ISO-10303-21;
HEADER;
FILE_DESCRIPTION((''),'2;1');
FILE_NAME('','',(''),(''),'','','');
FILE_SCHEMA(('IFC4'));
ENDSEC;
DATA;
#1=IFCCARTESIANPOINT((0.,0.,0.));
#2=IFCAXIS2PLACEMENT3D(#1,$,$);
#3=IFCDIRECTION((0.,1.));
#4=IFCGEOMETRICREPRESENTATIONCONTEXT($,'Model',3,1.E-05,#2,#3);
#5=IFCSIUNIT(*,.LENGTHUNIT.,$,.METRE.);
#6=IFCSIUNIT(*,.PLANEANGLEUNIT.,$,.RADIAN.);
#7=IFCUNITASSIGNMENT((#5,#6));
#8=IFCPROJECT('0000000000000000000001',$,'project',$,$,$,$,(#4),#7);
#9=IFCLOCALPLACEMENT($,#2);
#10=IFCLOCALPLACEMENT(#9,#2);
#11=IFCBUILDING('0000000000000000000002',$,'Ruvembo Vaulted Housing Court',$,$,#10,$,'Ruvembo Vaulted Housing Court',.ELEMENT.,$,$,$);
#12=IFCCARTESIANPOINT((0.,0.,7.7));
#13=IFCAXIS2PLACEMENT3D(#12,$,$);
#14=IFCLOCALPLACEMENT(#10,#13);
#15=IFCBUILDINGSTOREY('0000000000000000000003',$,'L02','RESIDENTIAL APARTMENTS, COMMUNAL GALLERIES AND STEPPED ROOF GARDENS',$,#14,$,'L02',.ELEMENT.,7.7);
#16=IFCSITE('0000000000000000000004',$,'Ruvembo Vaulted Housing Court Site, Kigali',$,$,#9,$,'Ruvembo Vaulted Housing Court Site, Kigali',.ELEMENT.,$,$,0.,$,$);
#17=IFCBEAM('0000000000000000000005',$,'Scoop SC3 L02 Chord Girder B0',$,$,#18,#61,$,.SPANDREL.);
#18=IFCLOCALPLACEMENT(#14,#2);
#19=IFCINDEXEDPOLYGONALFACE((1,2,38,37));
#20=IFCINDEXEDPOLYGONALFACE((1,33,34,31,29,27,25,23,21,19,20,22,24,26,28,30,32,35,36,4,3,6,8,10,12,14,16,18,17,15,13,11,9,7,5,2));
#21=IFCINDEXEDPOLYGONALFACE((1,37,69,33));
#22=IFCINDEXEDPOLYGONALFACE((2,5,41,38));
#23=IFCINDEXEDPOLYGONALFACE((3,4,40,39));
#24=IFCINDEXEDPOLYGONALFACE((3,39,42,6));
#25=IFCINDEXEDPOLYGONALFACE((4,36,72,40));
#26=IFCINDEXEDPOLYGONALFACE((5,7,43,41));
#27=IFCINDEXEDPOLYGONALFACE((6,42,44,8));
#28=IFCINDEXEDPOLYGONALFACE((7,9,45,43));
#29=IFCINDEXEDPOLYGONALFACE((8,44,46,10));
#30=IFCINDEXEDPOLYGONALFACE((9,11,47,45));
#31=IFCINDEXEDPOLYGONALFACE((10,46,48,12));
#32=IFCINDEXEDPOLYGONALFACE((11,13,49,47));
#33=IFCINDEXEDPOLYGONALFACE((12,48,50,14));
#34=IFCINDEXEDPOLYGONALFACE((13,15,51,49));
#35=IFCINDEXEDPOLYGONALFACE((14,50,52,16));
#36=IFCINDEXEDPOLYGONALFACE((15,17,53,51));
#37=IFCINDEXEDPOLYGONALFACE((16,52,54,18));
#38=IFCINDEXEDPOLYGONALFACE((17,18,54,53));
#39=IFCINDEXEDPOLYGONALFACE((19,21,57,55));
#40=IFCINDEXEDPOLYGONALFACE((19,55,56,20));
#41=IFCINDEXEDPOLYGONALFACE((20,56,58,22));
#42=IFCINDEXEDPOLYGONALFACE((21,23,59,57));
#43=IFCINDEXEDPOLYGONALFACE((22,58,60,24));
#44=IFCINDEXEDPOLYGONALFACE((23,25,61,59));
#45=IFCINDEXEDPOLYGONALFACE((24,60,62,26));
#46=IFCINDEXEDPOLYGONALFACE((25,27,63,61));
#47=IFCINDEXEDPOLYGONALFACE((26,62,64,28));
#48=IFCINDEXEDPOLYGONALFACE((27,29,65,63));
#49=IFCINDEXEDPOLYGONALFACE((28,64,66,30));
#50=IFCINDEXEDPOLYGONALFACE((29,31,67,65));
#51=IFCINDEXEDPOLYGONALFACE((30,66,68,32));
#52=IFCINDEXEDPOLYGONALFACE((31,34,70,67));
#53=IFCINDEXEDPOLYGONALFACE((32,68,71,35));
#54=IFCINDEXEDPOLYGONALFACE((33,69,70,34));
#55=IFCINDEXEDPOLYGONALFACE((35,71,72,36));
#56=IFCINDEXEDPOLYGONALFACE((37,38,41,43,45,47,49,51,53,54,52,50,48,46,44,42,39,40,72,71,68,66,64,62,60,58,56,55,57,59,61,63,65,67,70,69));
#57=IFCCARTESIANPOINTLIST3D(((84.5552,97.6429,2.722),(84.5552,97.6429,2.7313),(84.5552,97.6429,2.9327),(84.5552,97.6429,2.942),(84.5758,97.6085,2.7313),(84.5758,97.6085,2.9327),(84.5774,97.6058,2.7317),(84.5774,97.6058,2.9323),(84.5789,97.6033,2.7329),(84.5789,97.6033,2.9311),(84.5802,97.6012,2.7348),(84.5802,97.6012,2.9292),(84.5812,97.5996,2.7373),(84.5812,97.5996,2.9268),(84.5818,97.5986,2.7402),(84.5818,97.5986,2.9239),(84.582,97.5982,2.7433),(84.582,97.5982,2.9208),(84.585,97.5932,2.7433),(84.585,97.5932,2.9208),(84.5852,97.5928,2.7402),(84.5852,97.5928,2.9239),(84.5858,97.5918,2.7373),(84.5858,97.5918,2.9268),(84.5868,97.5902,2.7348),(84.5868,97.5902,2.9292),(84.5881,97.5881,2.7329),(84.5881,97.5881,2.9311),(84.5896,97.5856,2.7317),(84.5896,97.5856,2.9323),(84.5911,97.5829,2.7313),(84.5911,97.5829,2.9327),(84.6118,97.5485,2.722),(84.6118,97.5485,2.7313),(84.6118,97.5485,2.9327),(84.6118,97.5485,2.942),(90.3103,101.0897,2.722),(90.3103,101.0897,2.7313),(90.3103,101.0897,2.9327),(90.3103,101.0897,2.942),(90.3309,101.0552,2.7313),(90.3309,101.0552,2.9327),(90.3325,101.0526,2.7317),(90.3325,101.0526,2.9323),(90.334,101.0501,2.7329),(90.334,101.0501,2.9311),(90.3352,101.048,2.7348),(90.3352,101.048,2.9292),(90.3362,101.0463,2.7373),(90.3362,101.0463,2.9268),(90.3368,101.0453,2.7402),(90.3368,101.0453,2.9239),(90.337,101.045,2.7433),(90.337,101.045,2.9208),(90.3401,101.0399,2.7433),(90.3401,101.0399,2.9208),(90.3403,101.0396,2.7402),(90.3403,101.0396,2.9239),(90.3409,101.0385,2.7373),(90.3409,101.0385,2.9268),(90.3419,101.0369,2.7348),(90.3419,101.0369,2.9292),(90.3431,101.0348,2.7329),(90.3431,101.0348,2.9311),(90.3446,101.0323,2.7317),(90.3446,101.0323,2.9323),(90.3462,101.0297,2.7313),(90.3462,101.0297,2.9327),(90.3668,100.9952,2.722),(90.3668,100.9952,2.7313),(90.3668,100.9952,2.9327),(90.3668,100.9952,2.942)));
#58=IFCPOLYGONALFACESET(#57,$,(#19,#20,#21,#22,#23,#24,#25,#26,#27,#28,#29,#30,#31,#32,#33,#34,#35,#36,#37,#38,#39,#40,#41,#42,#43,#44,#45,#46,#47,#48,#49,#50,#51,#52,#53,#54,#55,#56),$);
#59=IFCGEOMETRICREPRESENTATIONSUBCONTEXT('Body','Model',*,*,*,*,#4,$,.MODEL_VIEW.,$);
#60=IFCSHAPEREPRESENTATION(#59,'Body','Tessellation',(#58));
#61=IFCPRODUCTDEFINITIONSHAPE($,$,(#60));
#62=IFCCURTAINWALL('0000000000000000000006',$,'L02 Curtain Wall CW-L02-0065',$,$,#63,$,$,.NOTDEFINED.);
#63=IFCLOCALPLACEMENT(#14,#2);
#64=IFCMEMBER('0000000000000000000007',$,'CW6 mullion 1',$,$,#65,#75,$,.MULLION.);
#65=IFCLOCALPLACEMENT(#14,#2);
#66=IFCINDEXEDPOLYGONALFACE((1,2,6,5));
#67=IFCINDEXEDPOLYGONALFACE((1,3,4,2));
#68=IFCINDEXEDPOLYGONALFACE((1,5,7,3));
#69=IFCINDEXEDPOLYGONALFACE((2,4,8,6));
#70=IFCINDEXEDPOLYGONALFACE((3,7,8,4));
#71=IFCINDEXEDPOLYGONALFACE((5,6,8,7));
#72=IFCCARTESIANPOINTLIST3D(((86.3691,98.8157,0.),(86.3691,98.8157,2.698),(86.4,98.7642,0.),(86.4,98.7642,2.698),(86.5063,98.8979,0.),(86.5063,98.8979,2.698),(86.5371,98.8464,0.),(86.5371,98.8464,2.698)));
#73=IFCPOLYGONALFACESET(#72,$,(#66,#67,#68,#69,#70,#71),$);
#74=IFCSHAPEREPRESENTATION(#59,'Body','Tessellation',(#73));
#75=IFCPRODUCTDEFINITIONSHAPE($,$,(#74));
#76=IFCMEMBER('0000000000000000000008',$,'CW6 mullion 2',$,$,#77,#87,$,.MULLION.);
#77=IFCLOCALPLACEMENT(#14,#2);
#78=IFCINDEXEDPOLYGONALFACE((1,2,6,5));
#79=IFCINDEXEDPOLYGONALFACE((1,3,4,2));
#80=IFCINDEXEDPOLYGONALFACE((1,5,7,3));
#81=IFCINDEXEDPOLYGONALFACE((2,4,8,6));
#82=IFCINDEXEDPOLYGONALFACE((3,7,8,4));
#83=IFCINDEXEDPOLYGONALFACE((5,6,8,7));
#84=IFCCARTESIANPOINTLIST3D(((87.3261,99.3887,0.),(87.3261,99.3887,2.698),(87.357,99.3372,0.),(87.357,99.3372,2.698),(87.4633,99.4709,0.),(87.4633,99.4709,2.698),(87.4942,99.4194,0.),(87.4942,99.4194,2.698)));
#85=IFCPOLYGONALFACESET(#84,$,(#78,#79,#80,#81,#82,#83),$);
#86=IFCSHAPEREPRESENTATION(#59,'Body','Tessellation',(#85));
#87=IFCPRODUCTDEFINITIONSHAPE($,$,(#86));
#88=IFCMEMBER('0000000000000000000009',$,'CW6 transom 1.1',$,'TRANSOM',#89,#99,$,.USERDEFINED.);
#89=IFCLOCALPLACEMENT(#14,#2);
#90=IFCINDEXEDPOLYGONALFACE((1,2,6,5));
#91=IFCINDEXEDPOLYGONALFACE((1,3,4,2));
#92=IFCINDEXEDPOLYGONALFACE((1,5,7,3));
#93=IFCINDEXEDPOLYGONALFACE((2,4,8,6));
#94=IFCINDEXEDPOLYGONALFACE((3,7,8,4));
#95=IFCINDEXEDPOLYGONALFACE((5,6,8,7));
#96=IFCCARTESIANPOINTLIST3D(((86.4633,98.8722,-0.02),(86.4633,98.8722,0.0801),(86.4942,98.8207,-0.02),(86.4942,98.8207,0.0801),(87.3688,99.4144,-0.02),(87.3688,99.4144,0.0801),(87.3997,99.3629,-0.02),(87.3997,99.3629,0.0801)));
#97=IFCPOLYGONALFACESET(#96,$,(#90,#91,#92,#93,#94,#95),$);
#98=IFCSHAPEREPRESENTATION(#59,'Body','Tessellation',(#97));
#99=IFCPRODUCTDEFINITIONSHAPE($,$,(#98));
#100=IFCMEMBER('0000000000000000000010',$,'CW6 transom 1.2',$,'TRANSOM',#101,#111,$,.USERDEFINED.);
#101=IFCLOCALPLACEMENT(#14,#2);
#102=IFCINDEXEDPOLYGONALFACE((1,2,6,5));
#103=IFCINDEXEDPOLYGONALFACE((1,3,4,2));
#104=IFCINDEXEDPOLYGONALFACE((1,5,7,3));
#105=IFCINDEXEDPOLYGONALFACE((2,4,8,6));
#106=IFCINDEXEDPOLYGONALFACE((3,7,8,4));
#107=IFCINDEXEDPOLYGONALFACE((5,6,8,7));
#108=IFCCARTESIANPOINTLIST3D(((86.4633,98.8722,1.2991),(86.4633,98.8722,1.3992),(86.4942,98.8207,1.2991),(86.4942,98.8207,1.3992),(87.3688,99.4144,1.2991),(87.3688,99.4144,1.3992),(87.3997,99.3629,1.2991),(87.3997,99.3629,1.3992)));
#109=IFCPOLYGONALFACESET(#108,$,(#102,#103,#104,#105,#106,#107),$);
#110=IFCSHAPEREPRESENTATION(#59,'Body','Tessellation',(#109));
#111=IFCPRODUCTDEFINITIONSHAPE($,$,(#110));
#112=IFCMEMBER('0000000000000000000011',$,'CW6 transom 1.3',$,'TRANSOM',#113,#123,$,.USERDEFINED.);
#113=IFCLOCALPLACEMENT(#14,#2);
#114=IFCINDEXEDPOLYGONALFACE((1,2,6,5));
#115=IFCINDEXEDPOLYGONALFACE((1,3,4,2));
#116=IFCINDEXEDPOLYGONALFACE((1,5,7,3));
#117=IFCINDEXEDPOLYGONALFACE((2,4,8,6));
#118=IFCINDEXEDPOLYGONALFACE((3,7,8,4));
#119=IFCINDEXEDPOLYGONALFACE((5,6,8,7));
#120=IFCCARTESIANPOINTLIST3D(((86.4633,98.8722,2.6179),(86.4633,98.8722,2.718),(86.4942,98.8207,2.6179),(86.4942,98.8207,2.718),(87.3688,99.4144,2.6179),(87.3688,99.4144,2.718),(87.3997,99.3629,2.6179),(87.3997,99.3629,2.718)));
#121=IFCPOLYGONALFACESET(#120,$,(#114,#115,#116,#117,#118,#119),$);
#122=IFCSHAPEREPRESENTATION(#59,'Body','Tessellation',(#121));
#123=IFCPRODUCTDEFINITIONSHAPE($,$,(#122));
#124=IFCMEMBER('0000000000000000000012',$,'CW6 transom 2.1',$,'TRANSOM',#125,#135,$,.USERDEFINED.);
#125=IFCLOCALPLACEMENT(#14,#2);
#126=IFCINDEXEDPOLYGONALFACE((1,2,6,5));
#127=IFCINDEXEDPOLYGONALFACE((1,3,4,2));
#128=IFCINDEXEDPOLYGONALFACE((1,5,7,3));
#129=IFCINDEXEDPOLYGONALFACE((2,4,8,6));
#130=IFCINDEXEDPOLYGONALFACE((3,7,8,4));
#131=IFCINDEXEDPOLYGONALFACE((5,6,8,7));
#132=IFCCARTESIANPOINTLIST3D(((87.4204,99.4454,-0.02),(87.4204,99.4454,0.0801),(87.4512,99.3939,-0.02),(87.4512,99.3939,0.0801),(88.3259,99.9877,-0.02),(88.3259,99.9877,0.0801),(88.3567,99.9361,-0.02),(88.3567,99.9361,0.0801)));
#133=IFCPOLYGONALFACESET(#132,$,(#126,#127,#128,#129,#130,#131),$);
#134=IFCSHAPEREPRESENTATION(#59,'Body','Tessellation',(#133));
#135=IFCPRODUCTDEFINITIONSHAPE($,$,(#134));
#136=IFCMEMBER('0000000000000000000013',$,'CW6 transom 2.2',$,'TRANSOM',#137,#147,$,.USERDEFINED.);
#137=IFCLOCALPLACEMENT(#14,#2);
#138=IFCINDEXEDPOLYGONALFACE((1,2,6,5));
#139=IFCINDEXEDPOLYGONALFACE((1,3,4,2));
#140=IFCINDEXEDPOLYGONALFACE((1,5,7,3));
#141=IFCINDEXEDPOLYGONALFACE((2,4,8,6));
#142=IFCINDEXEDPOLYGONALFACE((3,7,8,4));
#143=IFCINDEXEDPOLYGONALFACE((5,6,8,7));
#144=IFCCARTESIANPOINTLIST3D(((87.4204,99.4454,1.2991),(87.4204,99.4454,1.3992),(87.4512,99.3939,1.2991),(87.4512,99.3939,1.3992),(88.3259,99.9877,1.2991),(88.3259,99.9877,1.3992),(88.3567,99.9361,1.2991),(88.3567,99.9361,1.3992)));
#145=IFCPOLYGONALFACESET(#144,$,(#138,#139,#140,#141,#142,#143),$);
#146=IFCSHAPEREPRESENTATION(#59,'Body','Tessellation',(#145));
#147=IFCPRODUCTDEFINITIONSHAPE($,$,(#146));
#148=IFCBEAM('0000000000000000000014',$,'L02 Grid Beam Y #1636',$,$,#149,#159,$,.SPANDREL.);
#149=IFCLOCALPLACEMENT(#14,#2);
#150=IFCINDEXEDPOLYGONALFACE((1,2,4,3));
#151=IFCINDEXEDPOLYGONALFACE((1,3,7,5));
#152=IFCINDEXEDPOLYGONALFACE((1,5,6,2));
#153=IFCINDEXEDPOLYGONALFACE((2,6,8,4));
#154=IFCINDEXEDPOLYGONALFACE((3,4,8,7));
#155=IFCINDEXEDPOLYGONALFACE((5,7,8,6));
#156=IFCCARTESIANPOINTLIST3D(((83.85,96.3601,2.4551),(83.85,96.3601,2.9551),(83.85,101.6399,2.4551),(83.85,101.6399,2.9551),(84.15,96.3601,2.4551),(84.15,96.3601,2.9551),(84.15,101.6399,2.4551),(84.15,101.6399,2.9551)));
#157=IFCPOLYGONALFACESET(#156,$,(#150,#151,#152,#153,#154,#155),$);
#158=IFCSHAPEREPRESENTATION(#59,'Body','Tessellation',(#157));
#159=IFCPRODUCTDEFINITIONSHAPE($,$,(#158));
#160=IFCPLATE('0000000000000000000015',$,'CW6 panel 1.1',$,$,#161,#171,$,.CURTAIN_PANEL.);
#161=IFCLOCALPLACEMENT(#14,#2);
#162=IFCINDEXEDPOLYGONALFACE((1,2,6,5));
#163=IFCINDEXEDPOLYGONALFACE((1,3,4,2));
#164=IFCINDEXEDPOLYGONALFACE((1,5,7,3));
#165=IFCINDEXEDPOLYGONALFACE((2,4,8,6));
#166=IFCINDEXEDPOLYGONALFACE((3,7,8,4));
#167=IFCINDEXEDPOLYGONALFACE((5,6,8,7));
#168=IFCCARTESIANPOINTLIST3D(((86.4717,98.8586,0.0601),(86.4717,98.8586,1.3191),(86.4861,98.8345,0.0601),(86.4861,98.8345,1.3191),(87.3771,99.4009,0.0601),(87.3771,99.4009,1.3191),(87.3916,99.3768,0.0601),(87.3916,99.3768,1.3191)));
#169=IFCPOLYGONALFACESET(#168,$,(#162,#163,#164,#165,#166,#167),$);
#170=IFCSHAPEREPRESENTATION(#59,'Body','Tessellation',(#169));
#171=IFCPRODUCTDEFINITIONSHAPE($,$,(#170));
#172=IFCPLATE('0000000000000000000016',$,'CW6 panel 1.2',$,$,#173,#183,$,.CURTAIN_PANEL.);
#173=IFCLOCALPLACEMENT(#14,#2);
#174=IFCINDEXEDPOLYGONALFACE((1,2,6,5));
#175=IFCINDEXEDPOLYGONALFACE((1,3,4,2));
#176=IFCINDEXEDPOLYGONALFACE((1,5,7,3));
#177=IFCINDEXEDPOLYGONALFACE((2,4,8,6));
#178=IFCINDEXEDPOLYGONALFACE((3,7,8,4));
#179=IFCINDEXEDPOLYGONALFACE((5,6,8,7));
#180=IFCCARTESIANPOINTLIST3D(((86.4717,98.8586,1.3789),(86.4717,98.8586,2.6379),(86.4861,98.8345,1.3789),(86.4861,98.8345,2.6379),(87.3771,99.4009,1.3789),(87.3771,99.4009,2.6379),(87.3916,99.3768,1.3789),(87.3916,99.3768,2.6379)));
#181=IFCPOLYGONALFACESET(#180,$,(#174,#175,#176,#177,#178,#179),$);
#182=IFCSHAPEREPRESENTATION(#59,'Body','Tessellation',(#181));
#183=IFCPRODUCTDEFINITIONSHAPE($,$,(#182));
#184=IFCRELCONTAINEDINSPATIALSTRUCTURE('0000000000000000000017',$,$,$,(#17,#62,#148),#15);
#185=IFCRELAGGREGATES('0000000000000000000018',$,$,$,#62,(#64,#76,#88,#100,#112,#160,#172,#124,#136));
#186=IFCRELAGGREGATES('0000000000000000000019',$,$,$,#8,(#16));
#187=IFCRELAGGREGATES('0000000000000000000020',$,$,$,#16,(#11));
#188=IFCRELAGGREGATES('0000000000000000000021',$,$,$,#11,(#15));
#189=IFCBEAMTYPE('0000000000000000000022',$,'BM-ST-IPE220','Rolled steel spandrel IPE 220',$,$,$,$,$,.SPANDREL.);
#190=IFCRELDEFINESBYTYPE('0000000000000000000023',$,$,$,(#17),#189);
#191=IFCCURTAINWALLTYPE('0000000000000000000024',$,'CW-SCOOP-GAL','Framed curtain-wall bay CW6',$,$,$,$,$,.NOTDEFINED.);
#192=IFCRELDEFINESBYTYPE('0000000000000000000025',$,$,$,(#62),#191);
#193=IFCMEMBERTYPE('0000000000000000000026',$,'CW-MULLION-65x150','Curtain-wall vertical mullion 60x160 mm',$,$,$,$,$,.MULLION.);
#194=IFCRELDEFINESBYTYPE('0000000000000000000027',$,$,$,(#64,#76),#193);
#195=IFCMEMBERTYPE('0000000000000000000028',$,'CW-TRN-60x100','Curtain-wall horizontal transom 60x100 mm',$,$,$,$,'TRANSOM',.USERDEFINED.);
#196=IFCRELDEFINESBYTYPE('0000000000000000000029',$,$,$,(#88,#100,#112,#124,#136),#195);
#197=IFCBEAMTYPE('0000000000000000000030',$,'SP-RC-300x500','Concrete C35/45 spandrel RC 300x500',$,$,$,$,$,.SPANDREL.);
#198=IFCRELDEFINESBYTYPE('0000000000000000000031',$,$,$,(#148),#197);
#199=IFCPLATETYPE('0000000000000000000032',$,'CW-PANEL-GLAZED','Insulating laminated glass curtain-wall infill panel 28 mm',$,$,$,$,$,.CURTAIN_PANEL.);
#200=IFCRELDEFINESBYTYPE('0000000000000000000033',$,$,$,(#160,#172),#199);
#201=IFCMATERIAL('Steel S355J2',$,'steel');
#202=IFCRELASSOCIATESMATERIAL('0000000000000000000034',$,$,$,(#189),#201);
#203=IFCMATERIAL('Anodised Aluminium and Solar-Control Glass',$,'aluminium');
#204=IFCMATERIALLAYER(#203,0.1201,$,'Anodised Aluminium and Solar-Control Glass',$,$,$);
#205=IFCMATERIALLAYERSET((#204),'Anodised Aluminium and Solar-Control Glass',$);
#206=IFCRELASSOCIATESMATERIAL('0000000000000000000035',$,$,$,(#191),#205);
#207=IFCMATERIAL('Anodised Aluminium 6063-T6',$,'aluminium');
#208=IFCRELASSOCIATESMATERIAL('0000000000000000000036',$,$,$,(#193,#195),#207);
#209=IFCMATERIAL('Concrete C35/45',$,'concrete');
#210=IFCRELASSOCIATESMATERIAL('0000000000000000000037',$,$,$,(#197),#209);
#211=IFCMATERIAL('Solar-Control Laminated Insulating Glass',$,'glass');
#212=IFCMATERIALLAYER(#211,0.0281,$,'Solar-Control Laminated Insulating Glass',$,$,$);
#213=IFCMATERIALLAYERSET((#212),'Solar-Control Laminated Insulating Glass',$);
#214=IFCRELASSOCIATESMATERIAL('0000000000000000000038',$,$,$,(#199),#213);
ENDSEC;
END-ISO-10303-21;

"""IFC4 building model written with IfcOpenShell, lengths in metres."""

from ifc_helpers import new_model, si_unit, direction, frame, origin, origin_2d, place, context, subcontext, project, spatial, rectangle, i_section, extrude, material, layer, layer_set, material_profile, profile_set, type_object, element, aggregate, save


model = new_model("IFC4")

# Units and contexts
model_context = context("Model", 3, precision=1e-05, world=origin(), true_north=direction((0.0, 1.0)))
body_context = subcontext(model_context, "Body", "Model", "MODEL_VIEW")
ifc_project = project(units=[si_unit("LENGTHUNIT", "METRE"), si_unit("PLANEANGLEUNIT", "RADIAN")], contexts=[model_context])

# Site, building, storey
site_placement = place(None, origin())
site = spatial("IfcSite", under=ifc_project, at=site_placement, Name="Ruvembo Vaulted Housing Court Site, Kigali", LongName="Ruvembo Vaulted Housing Court Site, Kigali", CompositionType="ELEMENT", RefElevation=0.0)
building_placement = place(site_placement, origin())
building = spatial("IfcBuilding", under=site, at=building_placement, Name="Ruvembo Vaulted Housing Court", LongName="Ruvembo Vaulted Housing Court", CompositionType="ELEMENT")
storey_placement = place(building_placement, frame((0.0, 0.0, 7.7)))
storey = spatial("IfcBuildingStorey", under=building, at=storey_placement, Name="L02", Description="RESIDENTIAL APARTMENTS, COMMUNAL GALLERIES AND STEPPED ROOF GARDENS", LongName="L02", CompositionType="ELEMENT", Elevation=7.7)

# Beam
ifc_material_1 = material(Name="Steel S355J2", Category="steel")
ifc_material_profile_1 = material_profile(ifc_material_1, i_section(OverallWidth=0.1101, OverallDepth=0.22, WebThickness=0.0059, FlangeThickness=0.0093, FilletRadius=0.012, at=origin_2d()), Name="IPE 220")
ifc_profile_set_1 = profile_set([ifc_material_profile_1], Name="Steel S355J2")
beam_type_1 = type_object("IfcBeamType", Name="BM-ST-IPE220", Description="Rolled steel spandrel IPE 220", PredefinedType="SPANDREL", material=ifc_profile_set_1)
beam_1_placement = place(storey_placement, frame((84.5835, 97.5957, 2.832), z_axis=(0.857907, 0.513805, 0.0), x_axis=(-0.513805, 0.857907, 0.0)))
element("IfcBeam", 1, at=beam_1_placement, inside=storey, type_object=beam_type_1, Name="Scoop SC3 L02 Chord Girder B0", PredefinedType="SPANDREL", context=body_context, shape_type="SweptSolid", body=[
    extrude(i_section(OverallWidth=0.1101, OverallDepth=0.22, WebThickness=0.0059, FlangeThickness=0.0093, FilletRadius=0.012, at=origin_2d()), origin(), (0.0, 0.0, 1.0), 6.7083),
])

# Curtain wall, members
ifc_material_2 = material(Name="Anodised Aluminium and Solar-Control Glass", Category="aluminium")
ifc_layer_1 = layer(ifc_material_2, 0.1201, Name="Anodised Aluminium and Solar-Control Glass")
ifc_layer_set_1 = layer_set([ifc_layer_1], Name="Anodised Aluminium and Solar-Control Glass")
curtain_wall_type = type_object("IfcCurtainWallType", Name="CW-SCOOP-GAL", Description="Framed curtain-wall bay CW6", PredefinedType="NOTDEFINED", material=ifc_layer_set_1)
curtain_wall_placement = place(storey_placement, origin())
curtain_wall = element("IfcCurtainWall", 2, at=curtain_wall_placement, inside=storey, type_object=curtain_wall_type, Name="L02 Curtain Wall CW-L02-0065", PredefinedType="NOTDEFINED")
ifc_material_3 = material(Name="Anodised Aluminium 6063-T6", Category="aluminium")
ifc_material_profile_2 = material_profile(ifc_material_3, rectangle(XDim=0.0601, YDim=0.1599, at=origin_2d()), Name="ALU 60x160")
ifc_profile_set_2 = profile_set([ifc_material_profile_2], Name="Anodised Aluminium 6063-T6")
member_type_1 = type_object("IfcMemberType", Name="CW-MULLION-65x150", Description="Curtain-wall vertical mullion 60x160 mm", PredefinedType="MULLION", material=ifc_profile_set_2)
member_1_placement = place(storey_placement, frame((86.4531, 98.8311, 0.0), z_axis=(0.0, 0.0, 1.0), x_axis=(-0.513828, 0.857893, 0.0)))
member_1 = element("IfcMember", 3, at=member_1_placement, type_object=member_type_1, Name="CW6 mullion 1", PredefinedType="MULLION", context=body_context, shape_type="SweptSolid", body=[
    extrude(rectangle(XDim=0.0601, YDim=0.1599, at=origin_2d()), origin(), (0.0, 0.0, 1.0), 2.698),
])
member_2_placement = place(storey_placement, frame((87.4102, 99.4041, 0.0), z_axis=(0.0, 0.0, 1.0), x_axis=(-0.513828, 0.857893, 0.0)))
member_2 = element("IfcMember", 4, at=member_2_placement, type_object=member_type_1, Name="CW6 mullion 2", PredefinedType="MULLION", context=body_context, shape_type="SweptSolid", body=[
    extrude(rectangle(XDim=0.0601, YDim=0.1599, at=origin_2d()), origin(), (0.0, 0.0, 1.0), 2.698),
])
ifc_material_profile_3 = material_profile(ifc_material_3, rectangle(XDim=0.0601, YDim=0.1001, at=origin_2d()), Name="ALU 60x100")
ifc_profile_set_3 = profile_set([ifc_material_profile_3], Name="Anodised Aluminium 6063-T6")
member_type_2 = type_object("IfcMemberType", Name="CW-TRN-60x100", Description="Curtain-wall horizontal transom 60x100 mm", ElementType="TRANSOM", PredefinedType="USERDEFINED", material=ifc_profile_set_3)
member_3_placement = place(storey_placement, frame((86.4788, 98.8464, 0.03), z_axis=(0.857942, 0.513747, 0.0), x_axis=(-0.513747, 0.857942, 0.0)))
member_3 = element("IfcMember", 5, at=member_3_placement, type_object=member_type_2, Name="CW6 transom 1.1", ObjectType="TRANSOM", PredefinedType="USERDEFINED", context=body_context, shape_type="SweptSolid", body=[
    extrude(rectangle(XDim=0.0601, YDim=0.1001, at=origin_2d()), origin(), (0.0, 0.0, 1.0), 1.0554),
])
member_4_placement = place(storey_placement, frame((86.4788, 98.8464, 1.3491), z_axis=(0.857942, 0.513747, 0.0), x_axis=(-0.513747, 0.857942, 0.0)))
member_4 = element("IfcMember", 6, at=member_4_placement, type_object=member_type_2, Name="CW6 transom 1.2", ObjectType="TRANSOM", PredefinedType="USERDEFINED", context=body_context, shape_type="SweptSolid", body=[
    extrude(rectangle(XDim=0.0601, YDim=0.1001, at=origin_2d()), origin(), (0.0, 0.0, 1.0), 1.0554),
])
member_5_placement = place(storey_placement, frame((86.4788, 98.8464, 2.668), z_axis=(0.857942, 0.513747, 0.0), x_axis=(-0.513747, 0.857942, 0.0)))
member_5 = element("IfcMember", 7, at=member_5_placement, type_object=member_type_2, Name="CW6 transom 1.3", ObjectType="TRANSOM", PredefinedType="USERDEFINED", context=body_context, shape_type="SweptSolid", body=[
    extrude(rectangle(XDim=0.0601, YDim=0.1001, at=origin_2d()), origin(), (0.0, 0.0, 1.0), 1.0554),
])
member_6_placement = place(storey_placement, frame((87.4358, 99.4197, 0.03), z_axis=(0.857942, 0.513747, 0.0), x_axis=(-0.513747, 0.857942, 0.0)))
member_6 = element("IfcMember", 8, at=member_6_placement, type_object=member_type_2, Name="CW6 transom 2.1", ObjectType="TRANSOM", PredefinedType="USERDEFINED", context=body_context, shape_type="SweptSolid", body=[
    extrude(rectangle(XDim=0.0601, YDim=0.1001, at=origin_2d()), origin(), (0.0, 0.0, 1.0), 1.0554),
])
member_7_placement = place(storey_placement, frame((87.4358, 99.4197, 1.3491), z_axis=(0.857942, 0.513747, 0.0), x_axis=(-0.513747, 0.857942, 0.0)))
member_7 = element("IfcMember", 9, at=member_7_placement, type_object=member_type_2, Name="CW6 transom 2.2", ObjectType="TRANSOM", PredefinedType="USERDEFINED", context=body_context, shape_type="SweptSolid", body=[
    extrude(rectangle(XDim=0.0601, YDim=0.1001, at=origin_2d()), origin(), (0.0, 0.0, 1.0), 1.0554),
])

# Beam
ifc_material_4 = material(Name="Concrete C35/45", Category="concrete")
ifc_material_profile_4 = material_profile(ifc_material_4, rectangle(XDim=0.3, YDim=0.5, at=origin_2d()), Name="RC 300x500")
ifc_profile_set_4 = profile_set([ifc_material_profile_4], Name="Concrete C35/45")
beam_type_2 = type_object("IfcBeamType", Name="SP-RC-300x500", Description="Concrete C35/45 spandrel RC 300x500", PredefinedType="SPANDREL", material=ifc_profile_set_4)
beam_2_placement = place(storey_placement, frame((84.0, 96.3601, 2.7051), z_axis=(0.0, 1.0, 0.0), x_axis=(-1.0, 0.0, 0.0)))
element("IfcBeam", 10, at=beam_2_placement, inside=storey, type_object=beam_type_2, Name="L02 Grid Beam Y #1636", PredefinedType="SPANDREL", context=body_context, shape_type="SweptSolid", body=[
    extrude(rectangle(XDim=0.3, YDim=0.5, at=origin_2d()), origin(), (0.0, 0.0, 1.0), 5.2798),
])

# Plates
ifc_material_5 = material(Name="Solar-Control Laminated Insulating Glass", Category="glass")
ifc_layer_2 = layer(ifc_material_5, 0.0281, Name="Solar-Control Laminated Insulating Glass")
ifc_layer_set_2 = layer_set([ifc_layer_2], Name="Solar-Control Laminated Insulating Glass")
plate_type_1 = type_object("IfcPlateType", Name="CW-PANEL-GLAZED", Description="Insulating laminated glass curtain-wall infill panel 28 mm", PredefinedType="CURTAIN_PANEL", material=ifc_layer_set_2)
plate_1_placement = place(storey_placement, frame((86.9316, 99.1177, 0.0601), z_axis=(0.0, 0.0, 1.0), x_axis=(0.857893, 0.513828, 0.0)))
plate_1 = element("IfcPlate", 11, at=plate_1_placement, type_object=plate_type_1, Name="CW6 panel 1.1", PredefinedType="CURTAIN_PANEL", context=body_context, shape_type="SweptSolid", body=[
    extrude(rectangle(XDim=1.0554, YDim=0.0281, at=origin_2d()), origin(), (0.0, 0.0, 1.0), 1.259),
])
plate_2_placement = place(storey_placement, frame((86.9316, 99.1177, 1.3789), z_axis=(0.0, 0.0, 1.0), x_axis=(0.857893, 0.513828, 0.0)))
plate_2 = element("IfcPlate", 12, at=plate_2_placement, type_object=plate_type_1, Name="CW6 panel 1.2", PredefinedType="CURTAIN_PANEL", context=body_context, shape_type="SweptSolid", body=[
    extrude(rectangle(XDim=1.0554, YDim=0.0281, at=origin_2d()), origin(), (0.0, 0.0, 1.0), 1.259),
])
aggregate(curtain_wall, [member_1, member_2, member_3, member_4, member_5, plate_1, plate_2, member_6, member_7])

save(model, "model.ifc")
